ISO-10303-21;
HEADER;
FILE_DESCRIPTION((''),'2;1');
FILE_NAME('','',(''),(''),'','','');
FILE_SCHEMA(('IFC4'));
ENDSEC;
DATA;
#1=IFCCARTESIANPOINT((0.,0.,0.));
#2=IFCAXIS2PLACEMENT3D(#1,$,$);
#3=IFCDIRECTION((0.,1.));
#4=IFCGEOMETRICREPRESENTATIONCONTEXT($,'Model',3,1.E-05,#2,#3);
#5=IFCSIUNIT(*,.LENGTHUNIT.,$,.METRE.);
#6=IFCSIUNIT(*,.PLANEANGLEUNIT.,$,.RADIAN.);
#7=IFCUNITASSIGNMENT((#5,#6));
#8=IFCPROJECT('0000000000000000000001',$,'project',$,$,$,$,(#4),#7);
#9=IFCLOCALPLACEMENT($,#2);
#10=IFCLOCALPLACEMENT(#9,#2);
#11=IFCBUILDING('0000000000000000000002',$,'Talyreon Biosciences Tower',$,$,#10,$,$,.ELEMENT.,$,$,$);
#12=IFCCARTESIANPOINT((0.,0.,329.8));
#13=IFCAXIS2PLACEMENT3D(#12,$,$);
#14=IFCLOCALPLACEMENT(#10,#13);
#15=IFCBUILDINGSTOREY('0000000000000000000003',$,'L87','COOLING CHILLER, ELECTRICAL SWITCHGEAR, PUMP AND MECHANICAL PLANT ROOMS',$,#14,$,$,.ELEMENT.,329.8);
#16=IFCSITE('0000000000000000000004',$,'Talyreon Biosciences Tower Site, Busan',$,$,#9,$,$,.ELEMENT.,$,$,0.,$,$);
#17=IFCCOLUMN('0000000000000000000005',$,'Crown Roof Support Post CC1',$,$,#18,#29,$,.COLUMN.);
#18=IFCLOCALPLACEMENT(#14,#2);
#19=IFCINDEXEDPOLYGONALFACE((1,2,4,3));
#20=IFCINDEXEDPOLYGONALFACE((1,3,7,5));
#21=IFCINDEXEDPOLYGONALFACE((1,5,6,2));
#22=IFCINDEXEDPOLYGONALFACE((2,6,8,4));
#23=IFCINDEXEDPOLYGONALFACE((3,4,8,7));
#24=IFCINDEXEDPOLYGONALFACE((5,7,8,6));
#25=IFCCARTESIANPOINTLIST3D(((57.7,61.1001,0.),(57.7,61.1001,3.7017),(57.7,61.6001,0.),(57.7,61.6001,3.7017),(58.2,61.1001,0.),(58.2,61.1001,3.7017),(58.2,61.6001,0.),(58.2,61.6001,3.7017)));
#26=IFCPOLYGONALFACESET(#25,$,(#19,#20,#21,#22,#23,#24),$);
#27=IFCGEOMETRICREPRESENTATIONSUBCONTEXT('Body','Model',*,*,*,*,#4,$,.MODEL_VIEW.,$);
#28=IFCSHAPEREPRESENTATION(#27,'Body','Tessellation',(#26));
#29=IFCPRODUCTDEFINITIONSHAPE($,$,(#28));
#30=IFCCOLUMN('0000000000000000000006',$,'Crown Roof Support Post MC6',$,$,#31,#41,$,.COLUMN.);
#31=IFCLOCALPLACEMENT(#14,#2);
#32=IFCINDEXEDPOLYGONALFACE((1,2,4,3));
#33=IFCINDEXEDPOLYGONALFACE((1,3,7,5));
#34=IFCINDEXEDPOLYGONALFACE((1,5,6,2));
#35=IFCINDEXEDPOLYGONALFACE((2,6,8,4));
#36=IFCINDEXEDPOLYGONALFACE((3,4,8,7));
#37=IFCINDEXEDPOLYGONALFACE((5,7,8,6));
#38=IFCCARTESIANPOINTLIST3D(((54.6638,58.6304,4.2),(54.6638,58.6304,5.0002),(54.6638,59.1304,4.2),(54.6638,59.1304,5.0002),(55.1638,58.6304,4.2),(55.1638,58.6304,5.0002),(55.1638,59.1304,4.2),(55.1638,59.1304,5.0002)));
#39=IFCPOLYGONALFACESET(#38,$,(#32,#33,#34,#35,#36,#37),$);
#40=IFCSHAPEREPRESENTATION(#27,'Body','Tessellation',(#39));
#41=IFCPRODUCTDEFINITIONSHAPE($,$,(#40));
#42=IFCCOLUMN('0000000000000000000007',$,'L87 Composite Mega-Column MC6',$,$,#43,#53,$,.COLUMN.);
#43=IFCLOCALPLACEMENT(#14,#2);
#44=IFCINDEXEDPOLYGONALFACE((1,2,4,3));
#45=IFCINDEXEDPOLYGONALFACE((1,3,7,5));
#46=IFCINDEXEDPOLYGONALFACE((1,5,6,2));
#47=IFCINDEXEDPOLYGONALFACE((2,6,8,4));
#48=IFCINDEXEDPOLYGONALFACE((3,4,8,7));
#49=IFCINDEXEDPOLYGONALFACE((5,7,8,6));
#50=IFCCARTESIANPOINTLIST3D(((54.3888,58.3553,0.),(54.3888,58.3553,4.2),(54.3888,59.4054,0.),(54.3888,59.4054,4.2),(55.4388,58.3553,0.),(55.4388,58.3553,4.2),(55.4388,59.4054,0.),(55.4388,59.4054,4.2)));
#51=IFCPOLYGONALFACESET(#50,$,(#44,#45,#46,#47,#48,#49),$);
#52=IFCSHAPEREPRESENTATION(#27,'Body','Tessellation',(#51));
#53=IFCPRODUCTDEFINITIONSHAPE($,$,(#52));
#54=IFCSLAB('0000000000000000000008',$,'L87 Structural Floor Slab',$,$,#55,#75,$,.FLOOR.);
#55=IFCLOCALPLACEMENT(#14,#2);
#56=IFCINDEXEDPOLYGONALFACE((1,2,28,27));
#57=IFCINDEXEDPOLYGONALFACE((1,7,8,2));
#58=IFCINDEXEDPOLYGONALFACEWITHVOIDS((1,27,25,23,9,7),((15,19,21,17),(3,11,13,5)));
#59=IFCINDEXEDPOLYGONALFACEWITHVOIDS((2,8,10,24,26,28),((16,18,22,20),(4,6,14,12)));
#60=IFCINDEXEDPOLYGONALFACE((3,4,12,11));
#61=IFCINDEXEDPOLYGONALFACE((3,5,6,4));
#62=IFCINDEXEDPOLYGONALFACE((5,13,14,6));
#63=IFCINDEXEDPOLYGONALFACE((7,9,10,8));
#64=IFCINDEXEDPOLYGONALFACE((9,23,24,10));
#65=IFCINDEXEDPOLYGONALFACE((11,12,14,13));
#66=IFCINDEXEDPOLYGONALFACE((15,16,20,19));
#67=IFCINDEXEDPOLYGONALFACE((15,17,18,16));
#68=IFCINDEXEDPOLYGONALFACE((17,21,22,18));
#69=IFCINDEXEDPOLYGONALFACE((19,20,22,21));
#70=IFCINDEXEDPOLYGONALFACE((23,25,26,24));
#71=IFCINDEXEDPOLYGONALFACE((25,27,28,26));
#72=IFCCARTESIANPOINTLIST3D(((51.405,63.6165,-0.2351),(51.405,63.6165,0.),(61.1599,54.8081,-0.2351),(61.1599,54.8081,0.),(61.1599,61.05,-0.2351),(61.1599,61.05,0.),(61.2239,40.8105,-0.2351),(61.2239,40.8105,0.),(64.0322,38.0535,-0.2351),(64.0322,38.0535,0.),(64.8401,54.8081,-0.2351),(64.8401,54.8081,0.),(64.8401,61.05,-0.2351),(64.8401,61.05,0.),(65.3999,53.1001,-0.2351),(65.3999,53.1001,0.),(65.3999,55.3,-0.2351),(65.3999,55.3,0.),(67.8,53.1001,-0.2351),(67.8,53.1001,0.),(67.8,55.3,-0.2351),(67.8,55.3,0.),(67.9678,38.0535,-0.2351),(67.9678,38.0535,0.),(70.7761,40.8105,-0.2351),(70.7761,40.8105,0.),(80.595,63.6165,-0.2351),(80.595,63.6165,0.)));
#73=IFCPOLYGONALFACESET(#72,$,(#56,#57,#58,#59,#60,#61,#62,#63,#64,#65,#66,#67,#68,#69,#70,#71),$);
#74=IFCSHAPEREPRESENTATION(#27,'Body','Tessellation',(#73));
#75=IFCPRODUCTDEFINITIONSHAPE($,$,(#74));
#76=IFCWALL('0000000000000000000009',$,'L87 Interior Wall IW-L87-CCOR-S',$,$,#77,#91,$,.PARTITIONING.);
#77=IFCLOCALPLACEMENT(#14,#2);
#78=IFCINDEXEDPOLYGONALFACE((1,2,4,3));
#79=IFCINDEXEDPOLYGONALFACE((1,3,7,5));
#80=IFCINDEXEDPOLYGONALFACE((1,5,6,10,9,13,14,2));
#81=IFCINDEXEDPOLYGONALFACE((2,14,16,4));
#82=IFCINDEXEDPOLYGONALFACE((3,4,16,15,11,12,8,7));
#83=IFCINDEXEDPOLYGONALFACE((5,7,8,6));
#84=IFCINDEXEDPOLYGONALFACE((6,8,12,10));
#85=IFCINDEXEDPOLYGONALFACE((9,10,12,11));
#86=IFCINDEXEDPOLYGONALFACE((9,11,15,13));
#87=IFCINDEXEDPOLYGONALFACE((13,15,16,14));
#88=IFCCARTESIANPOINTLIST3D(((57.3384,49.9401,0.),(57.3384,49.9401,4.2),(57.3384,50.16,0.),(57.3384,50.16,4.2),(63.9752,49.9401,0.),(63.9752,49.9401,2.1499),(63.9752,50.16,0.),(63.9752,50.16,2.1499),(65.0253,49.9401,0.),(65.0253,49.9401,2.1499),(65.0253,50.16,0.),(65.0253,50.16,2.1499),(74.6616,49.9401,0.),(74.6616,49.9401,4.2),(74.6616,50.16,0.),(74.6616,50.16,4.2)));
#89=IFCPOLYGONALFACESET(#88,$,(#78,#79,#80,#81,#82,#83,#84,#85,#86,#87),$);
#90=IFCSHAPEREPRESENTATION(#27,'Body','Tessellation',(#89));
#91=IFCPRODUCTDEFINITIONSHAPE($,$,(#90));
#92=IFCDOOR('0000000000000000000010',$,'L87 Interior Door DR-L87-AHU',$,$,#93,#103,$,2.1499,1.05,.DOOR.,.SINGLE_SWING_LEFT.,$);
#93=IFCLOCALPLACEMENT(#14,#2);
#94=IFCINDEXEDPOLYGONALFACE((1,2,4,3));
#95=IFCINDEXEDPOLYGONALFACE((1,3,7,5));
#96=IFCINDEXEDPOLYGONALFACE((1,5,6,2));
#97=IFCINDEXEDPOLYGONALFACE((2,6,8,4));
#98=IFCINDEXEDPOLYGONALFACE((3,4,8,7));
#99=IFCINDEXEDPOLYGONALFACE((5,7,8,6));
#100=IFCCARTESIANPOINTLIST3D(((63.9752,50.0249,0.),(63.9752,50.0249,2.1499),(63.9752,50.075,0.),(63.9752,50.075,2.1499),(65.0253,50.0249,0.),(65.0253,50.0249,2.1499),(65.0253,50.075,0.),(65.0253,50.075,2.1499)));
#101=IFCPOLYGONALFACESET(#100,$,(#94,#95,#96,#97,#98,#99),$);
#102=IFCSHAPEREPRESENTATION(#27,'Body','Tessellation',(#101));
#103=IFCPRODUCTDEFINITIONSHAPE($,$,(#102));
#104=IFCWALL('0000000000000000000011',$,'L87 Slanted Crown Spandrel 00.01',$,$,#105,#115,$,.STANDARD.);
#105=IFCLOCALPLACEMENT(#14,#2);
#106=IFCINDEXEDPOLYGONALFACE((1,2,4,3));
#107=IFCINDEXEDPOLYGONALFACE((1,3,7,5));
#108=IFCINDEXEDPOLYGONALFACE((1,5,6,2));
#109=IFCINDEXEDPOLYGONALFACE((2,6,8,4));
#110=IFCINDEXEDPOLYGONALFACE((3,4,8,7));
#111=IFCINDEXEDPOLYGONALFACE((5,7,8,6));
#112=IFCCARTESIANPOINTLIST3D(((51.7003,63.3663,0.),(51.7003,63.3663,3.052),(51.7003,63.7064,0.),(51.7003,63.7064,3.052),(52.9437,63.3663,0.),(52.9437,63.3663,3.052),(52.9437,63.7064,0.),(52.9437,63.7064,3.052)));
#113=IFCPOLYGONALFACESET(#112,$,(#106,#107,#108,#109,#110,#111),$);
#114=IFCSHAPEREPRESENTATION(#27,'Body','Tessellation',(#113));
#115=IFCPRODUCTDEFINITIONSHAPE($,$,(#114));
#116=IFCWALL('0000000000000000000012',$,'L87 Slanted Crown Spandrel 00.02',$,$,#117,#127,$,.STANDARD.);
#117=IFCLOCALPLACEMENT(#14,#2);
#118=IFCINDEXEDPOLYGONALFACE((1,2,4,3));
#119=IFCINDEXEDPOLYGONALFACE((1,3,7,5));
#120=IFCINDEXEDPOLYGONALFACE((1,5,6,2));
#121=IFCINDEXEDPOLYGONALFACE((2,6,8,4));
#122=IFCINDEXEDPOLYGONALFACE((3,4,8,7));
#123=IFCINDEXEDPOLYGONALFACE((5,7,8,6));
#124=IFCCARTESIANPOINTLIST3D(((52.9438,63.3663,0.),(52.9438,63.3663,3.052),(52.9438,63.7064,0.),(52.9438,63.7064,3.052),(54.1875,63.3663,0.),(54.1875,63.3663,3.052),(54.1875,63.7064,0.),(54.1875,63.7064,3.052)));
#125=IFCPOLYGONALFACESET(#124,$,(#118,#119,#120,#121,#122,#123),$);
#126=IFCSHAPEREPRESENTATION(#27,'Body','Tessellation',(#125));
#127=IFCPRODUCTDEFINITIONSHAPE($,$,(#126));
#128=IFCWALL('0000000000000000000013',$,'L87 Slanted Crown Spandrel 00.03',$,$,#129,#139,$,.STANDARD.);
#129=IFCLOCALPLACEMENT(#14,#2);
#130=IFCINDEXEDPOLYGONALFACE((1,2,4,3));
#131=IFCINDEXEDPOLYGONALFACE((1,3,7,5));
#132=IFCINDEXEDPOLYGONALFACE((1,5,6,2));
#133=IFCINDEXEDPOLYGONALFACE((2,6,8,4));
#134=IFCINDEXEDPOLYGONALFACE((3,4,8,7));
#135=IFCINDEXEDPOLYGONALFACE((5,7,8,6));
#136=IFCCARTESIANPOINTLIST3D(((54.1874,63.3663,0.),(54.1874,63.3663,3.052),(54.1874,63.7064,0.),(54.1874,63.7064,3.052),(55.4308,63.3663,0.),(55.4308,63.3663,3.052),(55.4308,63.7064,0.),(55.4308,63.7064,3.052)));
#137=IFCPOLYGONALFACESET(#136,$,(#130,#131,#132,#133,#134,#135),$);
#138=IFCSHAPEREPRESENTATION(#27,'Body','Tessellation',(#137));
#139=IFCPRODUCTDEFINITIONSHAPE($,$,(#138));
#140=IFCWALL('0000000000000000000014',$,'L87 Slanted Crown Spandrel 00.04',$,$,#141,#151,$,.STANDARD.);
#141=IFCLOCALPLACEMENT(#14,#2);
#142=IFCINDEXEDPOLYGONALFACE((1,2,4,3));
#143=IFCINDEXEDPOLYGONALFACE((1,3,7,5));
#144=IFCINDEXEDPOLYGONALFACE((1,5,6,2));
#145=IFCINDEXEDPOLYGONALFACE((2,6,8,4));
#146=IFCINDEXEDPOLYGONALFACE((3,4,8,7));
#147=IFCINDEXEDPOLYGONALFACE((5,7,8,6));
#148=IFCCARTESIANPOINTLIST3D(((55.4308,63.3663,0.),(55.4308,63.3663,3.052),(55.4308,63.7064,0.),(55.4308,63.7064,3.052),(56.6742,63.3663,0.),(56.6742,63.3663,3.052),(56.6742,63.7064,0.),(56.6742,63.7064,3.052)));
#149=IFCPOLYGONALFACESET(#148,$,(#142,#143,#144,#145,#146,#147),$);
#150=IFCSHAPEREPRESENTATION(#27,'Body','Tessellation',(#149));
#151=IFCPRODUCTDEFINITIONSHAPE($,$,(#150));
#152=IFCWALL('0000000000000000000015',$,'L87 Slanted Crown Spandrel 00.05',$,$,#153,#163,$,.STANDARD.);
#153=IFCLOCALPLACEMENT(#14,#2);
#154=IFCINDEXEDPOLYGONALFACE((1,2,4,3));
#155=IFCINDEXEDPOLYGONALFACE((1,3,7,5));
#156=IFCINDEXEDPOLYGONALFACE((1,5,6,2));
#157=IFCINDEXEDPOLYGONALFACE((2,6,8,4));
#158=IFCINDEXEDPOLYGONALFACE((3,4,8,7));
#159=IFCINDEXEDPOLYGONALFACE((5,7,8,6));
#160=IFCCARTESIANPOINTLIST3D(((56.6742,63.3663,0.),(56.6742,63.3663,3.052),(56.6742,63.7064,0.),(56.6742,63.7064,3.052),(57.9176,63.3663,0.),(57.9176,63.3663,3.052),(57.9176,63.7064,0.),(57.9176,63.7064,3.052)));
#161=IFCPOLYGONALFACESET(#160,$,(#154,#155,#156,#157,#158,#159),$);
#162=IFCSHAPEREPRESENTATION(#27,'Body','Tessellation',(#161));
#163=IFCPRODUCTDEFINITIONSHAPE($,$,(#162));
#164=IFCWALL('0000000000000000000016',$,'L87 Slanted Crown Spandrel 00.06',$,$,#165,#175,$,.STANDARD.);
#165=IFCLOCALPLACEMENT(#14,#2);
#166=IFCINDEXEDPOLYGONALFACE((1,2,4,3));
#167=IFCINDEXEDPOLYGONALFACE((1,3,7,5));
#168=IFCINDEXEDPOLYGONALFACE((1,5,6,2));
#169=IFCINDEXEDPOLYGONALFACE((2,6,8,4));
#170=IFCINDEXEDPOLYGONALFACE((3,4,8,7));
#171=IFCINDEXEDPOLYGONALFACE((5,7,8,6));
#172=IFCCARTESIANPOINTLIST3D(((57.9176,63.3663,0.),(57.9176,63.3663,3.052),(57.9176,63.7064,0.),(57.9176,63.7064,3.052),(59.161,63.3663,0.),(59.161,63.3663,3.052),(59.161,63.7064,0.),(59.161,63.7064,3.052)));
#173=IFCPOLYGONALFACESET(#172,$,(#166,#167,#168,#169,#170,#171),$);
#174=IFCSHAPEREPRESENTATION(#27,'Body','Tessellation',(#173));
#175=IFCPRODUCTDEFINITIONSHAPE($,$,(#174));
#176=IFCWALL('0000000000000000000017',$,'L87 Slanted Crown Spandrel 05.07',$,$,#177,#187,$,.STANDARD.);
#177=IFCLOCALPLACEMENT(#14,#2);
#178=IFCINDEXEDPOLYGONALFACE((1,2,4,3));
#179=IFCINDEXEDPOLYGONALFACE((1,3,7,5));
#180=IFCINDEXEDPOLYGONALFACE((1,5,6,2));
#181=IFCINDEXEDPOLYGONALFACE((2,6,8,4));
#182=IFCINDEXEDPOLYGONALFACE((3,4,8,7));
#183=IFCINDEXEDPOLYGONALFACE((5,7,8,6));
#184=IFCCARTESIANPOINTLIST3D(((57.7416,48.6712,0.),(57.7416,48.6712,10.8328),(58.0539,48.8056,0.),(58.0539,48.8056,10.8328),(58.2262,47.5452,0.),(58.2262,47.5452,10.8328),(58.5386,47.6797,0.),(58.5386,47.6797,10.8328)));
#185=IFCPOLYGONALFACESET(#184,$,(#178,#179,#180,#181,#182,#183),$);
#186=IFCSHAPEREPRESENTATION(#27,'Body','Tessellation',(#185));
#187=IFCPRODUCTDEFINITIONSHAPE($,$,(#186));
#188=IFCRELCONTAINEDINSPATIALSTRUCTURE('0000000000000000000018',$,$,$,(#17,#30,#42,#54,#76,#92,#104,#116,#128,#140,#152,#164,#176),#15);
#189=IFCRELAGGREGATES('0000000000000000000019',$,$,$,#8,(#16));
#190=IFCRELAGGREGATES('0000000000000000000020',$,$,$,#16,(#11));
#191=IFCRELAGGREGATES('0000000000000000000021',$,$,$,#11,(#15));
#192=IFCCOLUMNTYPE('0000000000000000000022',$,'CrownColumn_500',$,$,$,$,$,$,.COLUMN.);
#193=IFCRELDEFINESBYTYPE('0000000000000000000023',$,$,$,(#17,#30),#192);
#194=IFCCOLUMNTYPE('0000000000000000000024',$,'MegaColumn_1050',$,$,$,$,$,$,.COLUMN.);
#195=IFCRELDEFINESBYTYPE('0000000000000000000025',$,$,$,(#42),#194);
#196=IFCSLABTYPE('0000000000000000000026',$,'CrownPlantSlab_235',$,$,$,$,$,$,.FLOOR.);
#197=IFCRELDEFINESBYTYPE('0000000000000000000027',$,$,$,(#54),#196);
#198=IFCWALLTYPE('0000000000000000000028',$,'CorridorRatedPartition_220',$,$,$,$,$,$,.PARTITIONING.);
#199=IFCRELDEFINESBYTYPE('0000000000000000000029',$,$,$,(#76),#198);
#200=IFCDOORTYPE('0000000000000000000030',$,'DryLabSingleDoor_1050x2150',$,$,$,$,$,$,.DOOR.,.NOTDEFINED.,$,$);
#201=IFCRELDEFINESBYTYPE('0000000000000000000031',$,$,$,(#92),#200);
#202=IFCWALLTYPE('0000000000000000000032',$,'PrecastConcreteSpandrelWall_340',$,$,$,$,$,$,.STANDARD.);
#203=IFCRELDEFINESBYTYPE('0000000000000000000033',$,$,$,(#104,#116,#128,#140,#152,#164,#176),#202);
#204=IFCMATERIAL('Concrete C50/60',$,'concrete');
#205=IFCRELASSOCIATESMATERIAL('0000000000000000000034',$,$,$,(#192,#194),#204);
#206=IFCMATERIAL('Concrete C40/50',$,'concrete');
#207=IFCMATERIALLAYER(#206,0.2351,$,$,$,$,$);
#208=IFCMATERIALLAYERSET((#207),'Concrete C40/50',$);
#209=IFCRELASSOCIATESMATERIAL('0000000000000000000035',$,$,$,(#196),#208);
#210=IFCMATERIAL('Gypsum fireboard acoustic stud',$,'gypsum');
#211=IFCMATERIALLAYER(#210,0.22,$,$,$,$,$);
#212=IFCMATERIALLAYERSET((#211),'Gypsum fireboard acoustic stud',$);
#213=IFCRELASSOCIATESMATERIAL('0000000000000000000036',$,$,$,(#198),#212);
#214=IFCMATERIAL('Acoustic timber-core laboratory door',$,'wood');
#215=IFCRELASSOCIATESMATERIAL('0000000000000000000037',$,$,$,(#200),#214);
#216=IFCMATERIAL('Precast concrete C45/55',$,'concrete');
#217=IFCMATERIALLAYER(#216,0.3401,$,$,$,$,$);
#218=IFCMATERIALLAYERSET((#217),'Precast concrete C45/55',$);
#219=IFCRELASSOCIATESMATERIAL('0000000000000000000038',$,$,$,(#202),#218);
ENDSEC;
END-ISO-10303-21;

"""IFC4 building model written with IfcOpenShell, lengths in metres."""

from ifc_helpers import new_model, si_unit, direction, frame, frame_2d, origin, origin_2d, place, context, subcontext, project, spatial, polyline, rectangle, outline, extrude, material, layer, layer_set, material_profile, profile_set, type_object, element, fill, save


model = new_model("IFC4")

# Units and contexts
model_context = context("Model", 3, precision=1e-05, world=origin(), true_north=direction((0.0, 1.0)))
body_context = subcontext(model_context, "Body", "Model", "MODEL_VIEW")
ifc_project = project(units=[si_unit("LENGTHUNIT", "METRE"), si_unit("PLANEANGLEUNIT", "RADIAN")], contexts=[model_context])

# Site, building, storey
site_placement = place(None, origin())
site = spatial("IfcSite", under=ifc_project, at=site_placement, Name="Talyreon Biosciences Tower Site, Busan", CompositionType="ELEMENT", RefElevation=0.0)
building_placement = place(site_placement, origin())
building = spatial("IfcBuilding", under=site, at=building_placement, Name="Talyreon Biosciences Tower", CompositionType="ELEMENT")
storey_placement = place(building_placement, frame((0.0, 0.0, 329.8)))
storey = spatial("IfcBuildingStorey", under=building, at=storey_placement, Name="L87", Description="COOLING CHILLER, ELECTRICAL SWITCHGEAR, PUMP AND MECHANICAL PLANT ROOMS", CompositionType="ELEMENT", Elevation=329.8)

# Columns
ifc_material_1 = material(Name="Concrete C50/60", Category="concrete")
ifc_material_profile_1 = material_profile(ifc_material_1, rectangle(XDim=0.5, YDim=0.5, at=origin_2d()), Name="RC 500x500")
ifc_profile_set_1 = profile_set([ifc_material_profile_1], Name="Concrete C50/60")
column_type_1 = type_object("IfcColumnType", Name="CrownColumn_500", PredefinedType="COLUMN", material=ifc_profile_set_1)
column_1_placement = place(storey_placement, frame((57.95, 61.3501, 0.0), z_axis=(0.0, 0.0, 1.0), x_axis=(1.0, 0.0, 0.0)))
element("IfcColumn", 1, at=column_1_placement, inside=storey, type_object=column_type_1, Name="Crown Roof Support Post CC1", PredefinedType="COLUMN", context=body_context, shape_type="SweptSolid", body=[
    extrude(rectangle(XDim=0.5, YDim=0.5, at=origin_2d()), origin(), (0.0, 0.0, 1.0), 3.7017),
])
column_2_placement = place(storey_placement, frame((54.9138, 58.8804, 4.2), z_axis=(0.0, 0.0, 1.0), x_axis=(1.0, 0.0, 0.0)))
element("IfcColumn", 2, at=column_2_placement, inside=storey, type_object=column_type_1, Name="Crown Roof Support Post MC6", PredefinedType="COLUMN", context=body_context, shape_type="SweptSolid", body=[
    extrude(rectangle(XDim=0.5, YDim=0.5, at=origin_2d()), origin(), (0.0, 0.0, 1.0), 0.8003),
])
ifc_material_profile_2 = material_profile(ifc_material_1, rectangle(XDim=1.05, YDim=1.05, at=origin_2d()), Name="RC 1050x1050")
ifc_profile_set_2 = profile_set([ifc_material_profile_2], Name="Concrete C50/60")
column_type_2 = type_object("IfcColumnType", Name="MegaColumn_1050", PredefinedType="COLUMN", material=ifc_profile_set_2)
column_3_placement = place(storey_placement, frame((54.9138, 58.8804, 0.0), z_axis=(0.0, 0.0, 1.0), x_axis=(1.0, 0.0, 0.0)))
element("IfcColumn", 3, at=column_3_placement, inside=storey, type_object=column_type_2, Name="L87 Composite Mega-Column MC6", PredefinedType="COLUMN", context=body_context, shape_type="SweptSolid", body=[
    extrude(rectangle(XDim=1.05, YDim=1.05, at=origin_2d()), origin(), (0.0, 0.0, 1.0), 4.2),
])

# Slab
ifc_material_2 = material(Name="Concrete C40/50", Category="concrete")
ifc_layer_1 = layer(ifc_material_2, 0.2351)
ifc_layer_set_1 = layer_set([ifc_layer_1], Name="Concrete C40/50")
slab_type = type_object("IfcSlabType", Name="CrownPlantSlab_235", PredefinedType="FLOOR", material=ifc_layer_set_1)
slab_placement = place(storey_placement, frame((0.0, 0.0, -0.2351)))
element("IfcSlab", 4, at=slab_placement, inside=storey, type_object=slab_type, Name="L87 Structural Floor Slab", PredefinedType="FLOOR", context=body_context, shape_type="SweptSolid", body=[
    extrude(outline(polyline([(51.405, 63.6165), (80.595, 63.6165), (70.7761, 40.8105), (67.9678, 38.0535), (64.0322, 38.0535), (61.2239, 40.8105), (51.405, 63.6165)]), holes=[polyline([(65.3999, 53.1001), (65.3999, 55.3), (67.8, 55.3), (67.8, 53.1001), (65.3999, 53.1001)]), polyline([(61.1599, 54.8081), (61.1599, 61.05), (64.8401, 61.05), (64.8401, 54.8081), (61.1599, 54.8081)])]), origin(), (0.0, 0.0, 1.0), 0.2351),
])

# Wall, opening, door
ifc_material_3 = material(Name="Gypsum fireboard acoustic stud", Category="gypsum")
ifc_layer_2 = layer(ifc_material_3, 0.22)
ifc_layer_set_2 = layer_set([ifc_layer_2], Name="Gypsum fireboard acoustic stud")
wall_type_1 = type_object("IfcWallType", Name="CorridorRatedPartition_220", PredefinedType="PARTITIONING", material=ifc_layer_set_2)
wall_1_placement = place(storey_placement, frame((57.3384, 50.05, 0.0), z_axis=(0.0, 0.0, 1.0), x_axis=(1.0, 0.0, 0.0)))
wall_1 = element("IfcWall", 5, at=wall_1_placement, inside=storey, type_object=wall_type_1, Name="L87 Interior Wall IW-L87-CCOR-S", PredefinedType="PARTITIONING", context=body_context, shape_type="SweptSolid", body=[
    extrude(rectangle(XDim=17.3232, YDim=0.22, at=frame_2d((8.6616, 0.0))), origin(), (0.0, 0.0, 1.0), 4.2),
])
opening_placement = place(wall_1_placement, frame((6.637, 0.0, 0.0)))
opening = element("IfcOpeningElement", 6, at=opening_placement, cuts=wall_1, PredefinedType="OPENING", context=body_context, shape_type="SweptSolid", body=[
    extrude(rectangle(XDim=1.05, YDim=2.1499, at=frame_2d((0.5249, 1.075))), frame((0.0, 0.1199, 0.0), z_axis=(0.0, -1.0, 0.0), x_axis=(1.0, 0.0, 0.0)), (0.0, 0.0, 1.0), 0.24),
])
ifc_material_4 = material(Name="Acoustic timber-core laboratory door", Category="wood")
door_type = type_object("IfcDoorType", Name="DryLabSingleDoor_1050x2150", OperationType="NOTDEFINED", PredefinedType="DOOR", material=ifc_material_4)
door_placement = place(opening_placement, origin())
door = element("IfcDoor", 7, at=door_placement, inside=storey, type_object=door_type, Name="L87 Interior Door DR-L87-AHU", OperationType="SINGLE_SWING_LEFT", OverallHeight=2.1499, OverallWidth=1.05, PredefinedType="DOOR", context=body_context, shape_type="SweptSolid", body=[
    extrude(rectangle(XDim=1.05, YDim=2.1499, at=frame_2d((0.5249, 1.075))), frame((0.0, 0.0249, 0.0), z_axis=(0.0, -1.0, 0.0), x_axis=(1.0, 0.0, 0.0)), (0.0, 0.0, 1.0), 0.05),
])
fill(opening, door)

# Walls
ifc_material_5 = material(Name="Precast concrete C45/55", Category="concrete")
ifc_layer_3 = layer(ifc_material_5, 0.3401)
ifc_layer_set_3 = layer_set([ifc_layer_3], Name="Precast concrete C45/55")
wall_type_2 = type_object("IfcWallType", Name="PrecastConcreteSpandrelWall_340", PredefinedType="STANDARD", material=ifc_layer_set_3)
wall_2_placement = place(storey_placement, frame((51.7004, 63.5364, 0.0), z_axis=(0.0, 0.0, 1.0), x_axis=(1.0, 0.0, 0.0)))
element("IfcWall", 8, at=wall_2_placement, inside=storey, type_object=wall_type_2, Name="L87 Slanted Crown Spandrel 00.01", PredefinedType="STANDARD", context=body_context, shape_type="SweptSolid", body=[
    extrude(rectangle(XDim=1.2434, YDim=0.3401, at=frame_2d((0.6216, 0.0))), origin(), (0.0, 0.0, 1.0), 3.052),
])
wall_3_placement = place(storey_placement, frame((52.9438, 63.5364, 0.0), z_axis=(0.0, 0.0, 1.0), x_axis=(1.0, 0.0, 0.0)))
element("IfcWall", 9, at=wall_3_placement, inside=storey, type_object=wall_type_2, Name="L87 Slanted Crown Spandrel 00.02", PredefinedType="STANDARD", context=body_context, shape_type="SweptSolid", body=[
    extrude(rectangle(XDim=1.2437, YDim=0.3401, at=frame_2d((0.6218, 0.0))), origin(), (0.0, 0.0, 1.0), 3.052),
])
for number, where, z_axis, x_axis, name in (
    (10, (54.1875, 63.5364, 0.0), (0.0, 0.0, 1.0), (1.0, 0.0, 0.0), "L87 Slanted Crown Spandrel 00.03"),
    (11, (55.4309, 63.5364, 0.0), (0.0, 0.0, 1.0), (1.0, 0.0, 0.0), "L87 Slanted Crown Spandrel 00.04"),
    (12, (56.6743, 63.5364, 0.0), (0.0, 0.0, 1.0), (1.0, 0.0, 0.0), "L87 Slanted Crown Spandrel 00.05"),
    (13, (57.9177, 63.5364, 0.0), (0.0, 0.0, 1.0), (1.0, 0.0, 0.0), "L87 Slanted Crown Spandrel 00.06"),
):
    element("IfcWall", number, at=place(storey_placement, frame(where, z_axis=z_axis, x_axis=x_axis)), inside=storey, type_object=wall_type_2, Name=name, PredefinedType="STANDARD", context=body_context, shape_type="SweptSolid", body=[
        extrude(rectangle(XDim=1.2434, YDim=0.3401, at=frame_2d((0.6216, 0.0))), origin(), (0.0, 0.0, 1.0), 3.052),
    ])
wall_4_placement = place(storey_placement, frame((58.3823, 47.6125, 0.0), z_axis=(0.0, 0.0, 1.0), x_axis=(-0.395337, 0.918536, 0.0)))
element("IfcWall", 14, at=wall_4_placement, inside=storey, type_object=wall_type_2, Name="L87 Slanted Crown Spandrel 05.07", PredefinedType="STANDARD", context=body_context, shape_type="SweptSolid", body=[
    extrude(rectangle(XDim=1.2258, YDim=0.3401, at=frame_2d((0.6128, 0.0))), origin(), (0.0, 0.0, 1.0), 10.8328),
])

save(model, "model.ifc")
